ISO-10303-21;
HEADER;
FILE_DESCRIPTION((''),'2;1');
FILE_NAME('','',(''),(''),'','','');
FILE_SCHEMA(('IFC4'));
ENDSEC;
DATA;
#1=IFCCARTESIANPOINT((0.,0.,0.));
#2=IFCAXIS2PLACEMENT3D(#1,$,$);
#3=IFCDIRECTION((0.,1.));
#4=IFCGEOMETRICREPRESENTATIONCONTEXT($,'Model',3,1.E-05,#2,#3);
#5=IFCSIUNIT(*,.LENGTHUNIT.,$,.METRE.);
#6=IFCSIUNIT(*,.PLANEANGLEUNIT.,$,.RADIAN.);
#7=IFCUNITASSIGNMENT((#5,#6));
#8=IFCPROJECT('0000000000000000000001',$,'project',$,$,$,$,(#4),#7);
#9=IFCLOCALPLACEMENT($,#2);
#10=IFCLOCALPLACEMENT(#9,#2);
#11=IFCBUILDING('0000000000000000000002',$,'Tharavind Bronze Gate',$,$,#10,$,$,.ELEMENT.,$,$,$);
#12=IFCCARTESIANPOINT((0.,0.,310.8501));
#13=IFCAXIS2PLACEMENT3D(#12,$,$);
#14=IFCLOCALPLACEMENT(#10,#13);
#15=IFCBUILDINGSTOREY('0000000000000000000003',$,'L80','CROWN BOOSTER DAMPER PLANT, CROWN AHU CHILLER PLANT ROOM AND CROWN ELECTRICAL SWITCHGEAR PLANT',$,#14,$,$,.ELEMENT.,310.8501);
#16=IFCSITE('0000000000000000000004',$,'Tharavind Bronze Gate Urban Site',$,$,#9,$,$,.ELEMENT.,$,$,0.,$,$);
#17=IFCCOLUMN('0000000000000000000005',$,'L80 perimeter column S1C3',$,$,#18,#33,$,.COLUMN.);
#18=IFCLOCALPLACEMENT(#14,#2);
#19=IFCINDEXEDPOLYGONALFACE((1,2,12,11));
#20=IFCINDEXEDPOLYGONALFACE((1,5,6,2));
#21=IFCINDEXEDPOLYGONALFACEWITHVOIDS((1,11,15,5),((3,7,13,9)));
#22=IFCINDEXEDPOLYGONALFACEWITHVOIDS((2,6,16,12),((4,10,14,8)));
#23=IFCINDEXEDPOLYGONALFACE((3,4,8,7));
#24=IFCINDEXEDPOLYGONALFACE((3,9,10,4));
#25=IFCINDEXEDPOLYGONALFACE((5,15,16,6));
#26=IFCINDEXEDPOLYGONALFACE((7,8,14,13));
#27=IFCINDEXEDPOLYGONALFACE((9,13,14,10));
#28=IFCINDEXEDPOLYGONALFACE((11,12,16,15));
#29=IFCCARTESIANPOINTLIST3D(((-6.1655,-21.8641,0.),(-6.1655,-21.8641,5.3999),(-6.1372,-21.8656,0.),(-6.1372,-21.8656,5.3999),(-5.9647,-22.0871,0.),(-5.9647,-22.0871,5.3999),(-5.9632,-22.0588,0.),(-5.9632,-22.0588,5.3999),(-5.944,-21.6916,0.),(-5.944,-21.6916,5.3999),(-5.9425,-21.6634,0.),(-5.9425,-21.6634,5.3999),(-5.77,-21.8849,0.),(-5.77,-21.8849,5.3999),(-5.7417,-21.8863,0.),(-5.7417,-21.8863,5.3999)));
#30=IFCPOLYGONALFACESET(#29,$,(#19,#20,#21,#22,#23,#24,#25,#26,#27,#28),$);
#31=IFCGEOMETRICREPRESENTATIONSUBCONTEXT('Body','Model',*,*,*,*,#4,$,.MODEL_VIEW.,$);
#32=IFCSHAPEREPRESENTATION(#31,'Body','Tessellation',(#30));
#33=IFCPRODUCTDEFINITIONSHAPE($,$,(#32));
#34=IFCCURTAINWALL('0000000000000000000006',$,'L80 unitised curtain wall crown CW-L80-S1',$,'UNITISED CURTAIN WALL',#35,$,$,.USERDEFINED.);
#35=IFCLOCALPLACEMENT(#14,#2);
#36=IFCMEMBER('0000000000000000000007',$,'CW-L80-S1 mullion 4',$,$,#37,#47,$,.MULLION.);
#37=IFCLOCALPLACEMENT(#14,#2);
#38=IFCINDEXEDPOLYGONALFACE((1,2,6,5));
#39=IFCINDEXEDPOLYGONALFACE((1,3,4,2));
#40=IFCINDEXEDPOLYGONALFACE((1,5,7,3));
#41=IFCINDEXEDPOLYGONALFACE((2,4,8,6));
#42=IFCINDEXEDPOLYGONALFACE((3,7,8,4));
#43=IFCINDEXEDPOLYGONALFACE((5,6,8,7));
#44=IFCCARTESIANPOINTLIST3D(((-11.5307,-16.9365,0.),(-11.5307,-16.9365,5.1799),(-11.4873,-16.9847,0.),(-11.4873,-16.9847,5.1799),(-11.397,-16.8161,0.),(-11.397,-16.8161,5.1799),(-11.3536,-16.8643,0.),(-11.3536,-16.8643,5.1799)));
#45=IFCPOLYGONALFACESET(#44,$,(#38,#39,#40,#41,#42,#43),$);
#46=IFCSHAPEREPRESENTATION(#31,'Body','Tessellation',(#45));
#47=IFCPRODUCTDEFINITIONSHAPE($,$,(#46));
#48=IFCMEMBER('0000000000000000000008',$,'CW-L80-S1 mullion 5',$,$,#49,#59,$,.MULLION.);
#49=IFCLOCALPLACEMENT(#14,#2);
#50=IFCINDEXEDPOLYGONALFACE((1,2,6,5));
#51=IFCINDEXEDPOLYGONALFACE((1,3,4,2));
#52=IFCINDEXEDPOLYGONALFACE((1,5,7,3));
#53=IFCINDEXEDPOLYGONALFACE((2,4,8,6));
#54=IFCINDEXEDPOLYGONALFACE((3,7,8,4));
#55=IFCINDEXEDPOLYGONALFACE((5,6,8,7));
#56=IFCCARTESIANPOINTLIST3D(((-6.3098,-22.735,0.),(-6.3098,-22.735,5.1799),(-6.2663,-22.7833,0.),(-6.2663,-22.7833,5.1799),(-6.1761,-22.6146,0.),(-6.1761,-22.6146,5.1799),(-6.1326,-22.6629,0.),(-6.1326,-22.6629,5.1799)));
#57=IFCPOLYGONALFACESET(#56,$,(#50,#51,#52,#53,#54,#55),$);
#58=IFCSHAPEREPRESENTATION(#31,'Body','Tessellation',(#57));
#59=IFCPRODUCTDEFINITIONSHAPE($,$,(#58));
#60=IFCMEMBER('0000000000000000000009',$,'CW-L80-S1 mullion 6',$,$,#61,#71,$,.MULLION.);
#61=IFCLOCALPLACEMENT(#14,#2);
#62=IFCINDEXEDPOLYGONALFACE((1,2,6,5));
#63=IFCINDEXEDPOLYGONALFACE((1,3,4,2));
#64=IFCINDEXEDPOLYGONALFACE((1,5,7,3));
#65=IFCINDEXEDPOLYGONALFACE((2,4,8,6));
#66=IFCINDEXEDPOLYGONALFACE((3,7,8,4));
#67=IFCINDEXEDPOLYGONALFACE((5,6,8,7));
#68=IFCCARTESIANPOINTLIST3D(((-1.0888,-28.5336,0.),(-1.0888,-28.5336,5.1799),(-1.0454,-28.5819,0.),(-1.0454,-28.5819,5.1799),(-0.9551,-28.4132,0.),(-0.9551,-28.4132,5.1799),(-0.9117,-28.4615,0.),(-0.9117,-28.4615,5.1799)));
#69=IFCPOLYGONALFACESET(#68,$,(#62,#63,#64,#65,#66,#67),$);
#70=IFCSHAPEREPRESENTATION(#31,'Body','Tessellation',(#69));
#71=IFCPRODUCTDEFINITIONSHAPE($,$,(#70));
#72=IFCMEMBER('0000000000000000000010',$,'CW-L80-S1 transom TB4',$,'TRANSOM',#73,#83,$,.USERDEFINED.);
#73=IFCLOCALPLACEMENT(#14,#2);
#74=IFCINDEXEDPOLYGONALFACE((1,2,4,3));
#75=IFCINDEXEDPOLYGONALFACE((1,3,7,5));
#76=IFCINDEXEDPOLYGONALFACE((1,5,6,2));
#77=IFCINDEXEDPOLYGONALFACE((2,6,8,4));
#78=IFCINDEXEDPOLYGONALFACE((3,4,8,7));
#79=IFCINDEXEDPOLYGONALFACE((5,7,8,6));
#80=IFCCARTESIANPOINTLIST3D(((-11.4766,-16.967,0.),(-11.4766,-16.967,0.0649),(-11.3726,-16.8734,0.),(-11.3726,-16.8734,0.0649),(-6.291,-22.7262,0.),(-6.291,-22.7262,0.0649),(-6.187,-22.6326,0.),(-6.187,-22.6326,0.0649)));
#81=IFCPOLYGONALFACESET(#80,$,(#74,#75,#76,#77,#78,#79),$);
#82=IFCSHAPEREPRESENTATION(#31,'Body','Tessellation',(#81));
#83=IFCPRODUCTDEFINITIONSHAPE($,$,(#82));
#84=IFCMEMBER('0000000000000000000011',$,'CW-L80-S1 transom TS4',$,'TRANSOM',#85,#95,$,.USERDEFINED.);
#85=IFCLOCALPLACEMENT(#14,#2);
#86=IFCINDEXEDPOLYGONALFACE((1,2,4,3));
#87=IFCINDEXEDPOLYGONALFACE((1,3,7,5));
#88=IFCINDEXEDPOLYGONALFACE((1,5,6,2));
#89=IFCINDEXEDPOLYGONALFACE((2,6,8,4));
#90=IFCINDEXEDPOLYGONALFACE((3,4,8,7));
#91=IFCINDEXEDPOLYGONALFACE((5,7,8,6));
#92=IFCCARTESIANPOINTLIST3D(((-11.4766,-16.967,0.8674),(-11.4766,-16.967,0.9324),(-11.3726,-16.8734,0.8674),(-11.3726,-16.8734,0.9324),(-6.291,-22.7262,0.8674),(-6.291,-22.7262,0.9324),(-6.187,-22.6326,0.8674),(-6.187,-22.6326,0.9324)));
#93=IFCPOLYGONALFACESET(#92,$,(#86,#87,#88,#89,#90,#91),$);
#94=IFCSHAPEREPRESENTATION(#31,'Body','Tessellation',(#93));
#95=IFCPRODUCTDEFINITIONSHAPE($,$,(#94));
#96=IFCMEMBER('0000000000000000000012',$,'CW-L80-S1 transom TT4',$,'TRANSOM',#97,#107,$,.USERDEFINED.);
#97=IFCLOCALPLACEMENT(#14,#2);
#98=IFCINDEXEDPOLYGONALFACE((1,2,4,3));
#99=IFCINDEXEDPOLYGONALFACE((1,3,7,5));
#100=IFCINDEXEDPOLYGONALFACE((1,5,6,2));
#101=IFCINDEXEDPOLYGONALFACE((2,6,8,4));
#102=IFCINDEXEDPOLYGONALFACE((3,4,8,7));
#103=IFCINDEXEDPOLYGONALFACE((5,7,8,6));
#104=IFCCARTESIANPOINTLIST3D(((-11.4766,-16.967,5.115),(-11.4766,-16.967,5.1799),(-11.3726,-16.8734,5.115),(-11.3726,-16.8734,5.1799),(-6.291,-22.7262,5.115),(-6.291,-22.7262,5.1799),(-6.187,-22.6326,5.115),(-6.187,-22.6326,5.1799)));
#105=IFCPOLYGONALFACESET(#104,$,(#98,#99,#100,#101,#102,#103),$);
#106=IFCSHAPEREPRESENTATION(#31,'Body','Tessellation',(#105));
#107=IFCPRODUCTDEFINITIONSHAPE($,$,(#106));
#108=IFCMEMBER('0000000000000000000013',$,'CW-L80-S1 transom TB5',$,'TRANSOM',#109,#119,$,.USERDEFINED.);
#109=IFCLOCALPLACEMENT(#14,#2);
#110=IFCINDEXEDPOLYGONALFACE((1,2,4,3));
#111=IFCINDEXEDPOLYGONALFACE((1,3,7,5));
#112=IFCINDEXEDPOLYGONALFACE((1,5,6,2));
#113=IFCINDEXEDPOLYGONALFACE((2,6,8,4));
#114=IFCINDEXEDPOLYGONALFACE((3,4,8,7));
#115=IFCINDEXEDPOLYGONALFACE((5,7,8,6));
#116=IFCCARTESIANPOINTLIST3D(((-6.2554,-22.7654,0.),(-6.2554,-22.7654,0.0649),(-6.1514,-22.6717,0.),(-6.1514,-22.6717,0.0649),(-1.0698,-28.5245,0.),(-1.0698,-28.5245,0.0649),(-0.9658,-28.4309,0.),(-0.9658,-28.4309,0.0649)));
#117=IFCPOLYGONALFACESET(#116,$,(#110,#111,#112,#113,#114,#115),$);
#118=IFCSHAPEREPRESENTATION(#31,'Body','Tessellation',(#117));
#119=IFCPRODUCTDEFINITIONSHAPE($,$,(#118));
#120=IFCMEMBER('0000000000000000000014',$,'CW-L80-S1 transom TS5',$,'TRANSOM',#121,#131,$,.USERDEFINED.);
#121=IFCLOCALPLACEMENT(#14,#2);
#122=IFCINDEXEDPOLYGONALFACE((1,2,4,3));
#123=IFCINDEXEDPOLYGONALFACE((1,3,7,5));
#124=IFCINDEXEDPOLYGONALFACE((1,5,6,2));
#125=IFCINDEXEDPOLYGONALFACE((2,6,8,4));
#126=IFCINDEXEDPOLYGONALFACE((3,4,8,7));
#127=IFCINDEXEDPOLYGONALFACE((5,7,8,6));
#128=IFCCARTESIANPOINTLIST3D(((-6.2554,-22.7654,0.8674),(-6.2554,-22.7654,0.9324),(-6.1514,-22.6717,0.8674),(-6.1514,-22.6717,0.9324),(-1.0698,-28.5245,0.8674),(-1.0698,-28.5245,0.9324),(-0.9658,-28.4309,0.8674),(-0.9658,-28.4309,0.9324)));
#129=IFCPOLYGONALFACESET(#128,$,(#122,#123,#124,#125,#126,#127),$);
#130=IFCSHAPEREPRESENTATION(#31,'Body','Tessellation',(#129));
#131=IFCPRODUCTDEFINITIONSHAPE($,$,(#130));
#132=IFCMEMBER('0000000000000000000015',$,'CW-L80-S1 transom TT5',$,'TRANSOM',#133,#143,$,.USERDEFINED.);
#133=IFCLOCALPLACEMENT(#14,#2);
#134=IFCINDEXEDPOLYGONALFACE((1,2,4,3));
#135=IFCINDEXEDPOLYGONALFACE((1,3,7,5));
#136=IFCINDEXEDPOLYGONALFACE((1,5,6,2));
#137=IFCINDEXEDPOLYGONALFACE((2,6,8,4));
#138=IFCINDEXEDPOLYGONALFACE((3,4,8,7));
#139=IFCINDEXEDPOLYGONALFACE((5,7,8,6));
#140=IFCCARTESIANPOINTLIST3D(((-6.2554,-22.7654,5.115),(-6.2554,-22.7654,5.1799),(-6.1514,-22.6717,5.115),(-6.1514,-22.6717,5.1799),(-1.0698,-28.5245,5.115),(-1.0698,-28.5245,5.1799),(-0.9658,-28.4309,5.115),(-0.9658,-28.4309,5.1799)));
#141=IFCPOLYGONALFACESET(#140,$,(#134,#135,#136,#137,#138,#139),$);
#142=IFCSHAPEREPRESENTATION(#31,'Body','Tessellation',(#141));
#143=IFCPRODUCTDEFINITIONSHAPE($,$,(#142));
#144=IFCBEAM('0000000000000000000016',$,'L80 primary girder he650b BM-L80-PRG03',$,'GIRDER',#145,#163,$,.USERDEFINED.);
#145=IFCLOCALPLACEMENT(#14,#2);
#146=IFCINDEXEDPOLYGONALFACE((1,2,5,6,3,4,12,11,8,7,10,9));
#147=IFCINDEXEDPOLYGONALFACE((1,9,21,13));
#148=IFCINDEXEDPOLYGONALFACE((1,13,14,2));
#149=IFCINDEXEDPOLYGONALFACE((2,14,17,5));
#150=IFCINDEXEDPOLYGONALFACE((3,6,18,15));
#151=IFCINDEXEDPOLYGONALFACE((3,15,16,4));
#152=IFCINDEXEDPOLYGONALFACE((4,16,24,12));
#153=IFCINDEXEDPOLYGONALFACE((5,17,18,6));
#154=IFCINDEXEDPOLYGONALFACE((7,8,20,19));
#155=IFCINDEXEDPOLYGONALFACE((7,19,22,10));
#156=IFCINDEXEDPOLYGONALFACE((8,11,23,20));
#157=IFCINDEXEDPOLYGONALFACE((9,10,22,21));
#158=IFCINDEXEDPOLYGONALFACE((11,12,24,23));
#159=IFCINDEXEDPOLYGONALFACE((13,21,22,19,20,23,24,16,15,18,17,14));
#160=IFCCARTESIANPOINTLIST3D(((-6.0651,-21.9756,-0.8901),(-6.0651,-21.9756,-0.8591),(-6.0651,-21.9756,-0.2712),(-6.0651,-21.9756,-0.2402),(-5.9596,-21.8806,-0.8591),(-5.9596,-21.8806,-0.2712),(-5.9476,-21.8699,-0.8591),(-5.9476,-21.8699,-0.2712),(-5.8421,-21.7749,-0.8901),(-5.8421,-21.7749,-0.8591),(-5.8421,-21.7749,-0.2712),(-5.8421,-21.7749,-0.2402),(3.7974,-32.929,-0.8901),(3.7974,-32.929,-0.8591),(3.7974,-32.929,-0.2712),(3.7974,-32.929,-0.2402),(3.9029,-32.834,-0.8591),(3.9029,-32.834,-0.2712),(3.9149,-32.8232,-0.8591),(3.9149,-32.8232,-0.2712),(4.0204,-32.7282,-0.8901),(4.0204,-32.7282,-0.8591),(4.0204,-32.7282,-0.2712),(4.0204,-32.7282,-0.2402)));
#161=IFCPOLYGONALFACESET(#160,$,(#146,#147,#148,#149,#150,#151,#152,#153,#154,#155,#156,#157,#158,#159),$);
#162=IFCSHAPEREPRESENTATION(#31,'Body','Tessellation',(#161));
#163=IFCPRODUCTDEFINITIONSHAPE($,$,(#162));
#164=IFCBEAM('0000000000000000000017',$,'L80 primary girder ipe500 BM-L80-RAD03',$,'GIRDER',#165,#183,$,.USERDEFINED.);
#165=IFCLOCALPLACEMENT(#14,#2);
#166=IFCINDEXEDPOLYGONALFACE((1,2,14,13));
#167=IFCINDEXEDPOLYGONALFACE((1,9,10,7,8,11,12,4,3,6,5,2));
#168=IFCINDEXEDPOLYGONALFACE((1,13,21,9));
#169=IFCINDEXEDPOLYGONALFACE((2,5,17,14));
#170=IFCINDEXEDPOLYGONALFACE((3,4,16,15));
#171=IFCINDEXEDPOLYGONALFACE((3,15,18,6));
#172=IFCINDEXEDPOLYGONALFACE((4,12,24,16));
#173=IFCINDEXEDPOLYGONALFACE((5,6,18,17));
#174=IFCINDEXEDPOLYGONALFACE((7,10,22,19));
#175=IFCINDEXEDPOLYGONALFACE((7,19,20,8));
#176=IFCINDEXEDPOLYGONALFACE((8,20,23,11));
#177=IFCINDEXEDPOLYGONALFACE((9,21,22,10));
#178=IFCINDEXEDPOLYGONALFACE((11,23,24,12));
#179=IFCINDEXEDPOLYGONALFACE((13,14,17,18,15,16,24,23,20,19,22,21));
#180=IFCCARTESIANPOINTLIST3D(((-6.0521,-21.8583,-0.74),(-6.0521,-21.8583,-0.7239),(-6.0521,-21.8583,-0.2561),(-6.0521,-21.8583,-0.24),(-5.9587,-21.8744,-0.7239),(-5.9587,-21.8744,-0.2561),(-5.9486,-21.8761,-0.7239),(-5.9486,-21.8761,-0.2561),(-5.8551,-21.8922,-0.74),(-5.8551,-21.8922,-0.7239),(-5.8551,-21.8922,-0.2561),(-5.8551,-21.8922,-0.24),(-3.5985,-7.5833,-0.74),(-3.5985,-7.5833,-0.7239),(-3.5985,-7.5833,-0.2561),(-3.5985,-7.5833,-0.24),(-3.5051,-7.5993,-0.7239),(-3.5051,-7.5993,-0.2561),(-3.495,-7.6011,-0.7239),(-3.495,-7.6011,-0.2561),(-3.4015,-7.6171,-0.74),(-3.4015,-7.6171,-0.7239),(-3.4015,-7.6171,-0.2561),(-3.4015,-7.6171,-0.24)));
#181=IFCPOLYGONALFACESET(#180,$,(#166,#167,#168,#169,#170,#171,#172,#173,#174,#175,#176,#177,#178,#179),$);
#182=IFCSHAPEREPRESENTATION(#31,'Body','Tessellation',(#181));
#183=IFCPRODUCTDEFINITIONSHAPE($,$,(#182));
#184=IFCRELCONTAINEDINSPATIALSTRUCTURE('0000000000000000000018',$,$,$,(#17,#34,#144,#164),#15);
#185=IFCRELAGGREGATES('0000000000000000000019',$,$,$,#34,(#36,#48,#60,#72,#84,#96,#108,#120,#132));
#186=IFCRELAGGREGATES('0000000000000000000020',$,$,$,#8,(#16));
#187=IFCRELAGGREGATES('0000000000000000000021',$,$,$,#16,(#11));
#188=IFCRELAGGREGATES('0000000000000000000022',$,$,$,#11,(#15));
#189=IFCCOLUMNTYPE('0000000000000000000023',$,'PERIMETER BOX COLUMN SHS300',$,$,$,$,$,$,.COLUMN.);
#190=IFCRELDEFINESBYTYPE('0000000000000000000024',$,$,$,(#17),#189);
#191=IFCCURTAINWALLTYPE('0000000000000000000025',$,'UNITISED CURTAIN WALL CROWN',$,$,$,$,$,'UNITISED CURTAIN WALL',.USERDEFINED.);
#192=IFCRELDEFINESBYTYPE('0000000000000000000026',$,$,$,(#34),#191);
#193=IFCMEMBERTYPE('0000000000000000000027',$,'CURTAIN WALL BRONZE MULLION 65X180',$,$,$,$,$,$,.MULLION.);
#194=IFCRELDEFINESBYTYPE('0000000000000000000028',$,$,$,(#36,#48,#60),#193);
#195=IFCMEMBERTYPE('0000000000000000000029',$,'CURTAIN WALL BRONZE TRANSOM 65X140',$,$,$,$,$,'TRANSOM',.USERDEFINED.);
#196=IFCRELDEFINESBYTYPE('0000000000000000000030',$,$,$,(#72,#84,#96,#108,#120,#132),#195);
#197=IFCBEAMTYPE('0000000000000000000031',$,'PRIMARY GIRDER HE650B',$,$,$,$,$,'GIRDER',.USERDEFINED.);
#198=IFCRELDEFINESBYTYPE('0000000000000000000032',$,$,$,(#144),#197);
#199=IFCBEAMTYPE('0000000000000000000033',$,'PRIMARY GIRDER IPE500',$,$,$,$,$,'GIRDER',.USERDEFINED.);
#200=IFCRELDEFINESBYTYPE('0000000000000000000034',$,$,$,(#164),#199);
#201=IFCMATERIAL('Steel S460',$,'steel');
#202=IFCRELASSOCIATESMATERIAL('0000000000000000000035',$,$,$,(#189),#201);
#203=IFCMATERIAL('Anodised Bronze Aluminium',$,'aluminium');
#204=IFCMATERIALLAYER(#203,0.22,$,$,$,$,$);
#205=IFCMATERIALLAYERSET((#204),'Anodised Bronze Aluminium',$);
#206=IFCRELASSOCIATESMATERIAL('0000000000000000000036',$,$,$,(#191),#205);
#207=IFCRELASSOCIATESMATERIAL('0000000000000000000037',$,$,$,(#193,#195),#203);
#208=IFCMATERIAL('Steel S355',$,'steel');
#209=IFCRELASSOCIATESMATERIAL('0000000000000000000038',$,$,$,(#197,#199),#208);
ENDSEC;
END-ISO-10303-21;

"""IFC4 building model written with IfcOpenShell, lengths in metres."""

from ifc_helpers import new_model, si_unit, direction, frame, origin, origin_2d, place, context, subcontext, project, spatial, rectangle, hollow_rectangle, i_section, extrude, material, layer, layer_set, material_profile, profile_set, type_object, element, aggregate, save


model = new_model("IFC4")

# Units and contexts
model_context = context("Model", 3, precision=1e-05, world=origin(), true_north=direction((0.0, 1.0)))
body_context = subcontext(model_context, "Body", "Model", "MODEL_VIEW")
ifc_project = project(units=[si_unit("LENGTHUNIT", "METRE"), si_unit("PLANEANGLEUNIT", "RADIAN")], contexts=[model_context])

# Site, building, storey
site_placement = place(None, origin())
site = spatial("IfcSite", under=ifc_project, at=site_placement, Name="Tharavind Bronze Gate Urban Site", CompositionType="ELEMENT", RefElevation=0.0)
building_placement = place(site_placement, origin())
building = spatial("IfcBuilding", under=site, at=building_placement, Name="Tharavind Bronze Gate", CompositionType="ELEMENT")
storey_placement = place(building_placement, frame((0.0, 0.0, 310.8501)))
storey = spatial("IfcBuildingStorey", under=building, at=storey_placement, Name="L80", Description="CROWN BOOSTER DAMPER PLANT, CROWN AHU CHILLER PLANT ROOM AND CROWN ELECTRICAL SWITCHGEAR PLANT", CompositionType="ELEMENT", Elevation=310.8501)

# Column
ifc_material_1 = material(Name="Steel S460", Category="steel")
ifc_material_profile_1 = material_profile(ifc_material_1, hollow_rectangle(XDim=0.3, YDim=0.3, WallThickness=0.02, at=origin_2d()), Name="SHS300X20")
ifc_profile_set_1 = profile_set([ifc_material_profile_1], Name="Steel S460")
column_type = type_object("IfcColumnType", Name="PERIMETER BOX COLUMN SHS300", PredefinedType="COLUMN", material=ifc_profile_set_1)
column_placement = place(storey_placement, frame((-5.9536, -21.8752, 0.0), z_axis=(0.0, 0.0, 1.0), x_axis=(-0.669131, 0.743145, 0.0)))
element("IfcColumn", 1, at=column_placement, inside=storey, type_object=column_type, Name="L80 perimeter column S1C3", PredefinedType="COLUMN", context=body_context, shape_type="SweptSolid", body=[
    extrude(hollow_rectangle(XDim=0.3, YDim=0.3, WallThickness=0.02, at=origin_2d()), origin(), (0.0, 0.0, 1.0), 5.3999),
])

# Curtain wall, members
ifc_material_2 = material(Name="Anodised Bronze Aluminium", Category="aluminium")
ifc_layer_1 = layer(ifc_material_2, 0.22)
ifc_layer_set_1 = layer_set([ifc_layer_1], Name="Anodised Bronze Aluminium")
curtain_wall_type = type_object("IfcCurtainWallType", Name="UNITISED CURTAIN WALL CROWN", ElementType="UNITISED CURTAIN WALL", PredefinedType="USERDEFINED", material=ifc_layer_set_1)
curtain_wall_placement = place(storey_placement, origin())
curtain_wall = element("IfcCurtainWall", 2, at=curtain_wall_placement, inside=storey, type_object=curtain_wall_type, Name="L80 unitised curtain wall crown CW-L80-S1", ObjectType="UNITISED CURTAIN WALL", PredefinedType="USERDEFINED")
member_type_1 = type_object("IfcMemberType", Name="CURTAIN WALL BRONZE MULLION 65X180", PredefinedType="MULLION", material=ifc_material_2)
member_1_placement = place(storey_placement, frame((-11.4421, -16.9004, 0.0), z_axis=(0.0, 0.0, 1.0), x_axis=(0.669131, -0.743145, 0.0)))
member_1 = element("IfcMember", 3, at=member_1_placement, type_object=member_type_1, Name="CW-L80-S1 mullion 4", PredefinedType="MULLION", context=body_context, shape_type="SweptSolid", body=[
    extrude(rectangle(XDim=0.0649, YDim=0.1799, at=origin_2d()), origin(), (0.0, 0.0, 1.0), 5.1799),
])
member_2_placement = place(storey_placement, frame((-6.2212, -22.699, 0.0), z_axis=(0.0, 0.0, 1.0), x_axis=(0.669131, -0.743145, 0.0)))
member_2 = element("IfcMember", 4, at=member_2_placement, type_object=member_type_1, Name="CW-L80-S1 mullion 5", PredefinedType="MULLION", context=body_context, shape_type="SweptSolid", body=[
    extrude(rectangle(XDim=0.0649, YDim=0.1799, at=origin_2d()), origin(), (0.0, 0.0, 1.0), 5.1799),
])
member_3_placement = place(storey_placement, frame((-1.0002, -28.4976, 0.0), z_axis=(0.0, 0.0, 1.0), x_axis=(0.669131, -0.743145, 0.0)))
member_3 = element("IfcMember", 5, at=member_3_placement, type_object=member_type_1, Name="CW-L80-S1 mullion 6", PredefinedType="MULLION", context=body_context, shape_type="SweptSolid", body=[
    extrude(rectangle(XDim=0.0649, YDim=0.1799, at=origin_2d()), origin(), (0.0, 0.0, 1.0), 5.1799),
])
member_type_2 = type_object("IfcMemberType", Name="CURTAIN WALL BRONZE TRANSOM 65X140", ElementType="TRANSOM", PredefinedType="USERDEFINED", material=ifc_material_2)
member_4_placement = place(storey_placement, frame((-8.8318, -19.7998, 0.0), z_axis=(0.0, 0.0, 1.0), x_axis=(0.669131, -0.743145, 0.0)))
member_4 = element("IfcMember", 6, at=member_4_placement, type_object=member_type_2, Name="CW-L80-S1 transom TB4", ObjectType="TRANSOM", PredefinedType="USERDEFINED", context=body_context, shape_type="SweptSolid", body=[
    extrude(rectangle(XDim=7.7498, YDim=0.1399, at=origin_2d()), origin(), (0.0, 0.0, 1.0), 0.0649),
])
member_5_placement = place(storey_placement, frame((-8.8318, -19.7998, 0.8674), z_axis=(0.0, 0.0, 1.0), x_axis=(0.669131, -0.743145, 0.0)))
member_5 = element("IfcMember", 7, at=member_5_placement, type_object=member_type_2, Name="CW-L80-S1 transom TS4", ObjectType="TRANSOM", PredefinedType="USERDEFINED", context=body_context, shape_type="SweptSolid", body=[
    extrude(rectangle(XDim=7.7498, YDim=0.1399, at=origin_2d()), origin(), (0.0, 0.0, 1.0), 0.0649),
])
member_6_placement = place(storey_placement, frame((-8.8318, -19.7998, 5.115), z_axis=(0.0, 0.0, 1.0), x_axis=(0.669131, -0.743145, 0.0)))
member_6 = element("IfcMember", 8, at=member_6_placement, type_object=member_type_2, Name="CW-L80-S1 transom TT4", ObjectType="TRANSOM", PredefinedType="USERDEFINED", context=body_context, shape_type="SweptSolid", body=[
    extrude(rectangle(XDim=7.7498, YDim=0.1399, at=origin_2d()), origin(), (0.0, 0.0, 1.0), 0.0649),
])
member_7_placement = place(storey_placement, frame((-3.6106, -25.5981, 0.0), z_axis=(0.0, 0.0, 1.0), x_axis=(0.669131, -0.743145, 0.0)))
member_7 = element("IfcMember", 9, at=member_7_placement, type_object=member_type_2, Name="CW-L80-S1 transom TB5", ObjectType="TRANSOM", PredefinedType="USERDEFINED", context=body_context, shape_type="SweptSolid", body=[
    extrude(rectangle(XDim=7.7498, YDim=0.1399, at=origin_2d()), origin(), (0.0, 0.0, 1.0), 0.0649),
])
member_8_placement = place(storey_placement, frame((-3.6106, -25.5981, 0.8674), z_axis=(0.0, 0.0, 1.0), x_axis=(0.669131, -0.743145, 0.0)))
member_8 = element("IfcMember", 10, at=member_8_placement, type_object=member_type_2, Name="CW-L80-S1 transom TS5", ObjectType="TRANSOM", PredefinedType="USERDEFINED", context=body_context, shape_type="SweptSolid", body=[
    extrude(rectangle(XDim=7.7498, YDim=0.1399, at=origin_2d()), origin(), (0.0, 0.0, 1.0), 0.0649),
])
member_9_placement = place(storey_placement, frame((-3.6106, -25.5981, 5.115), z_axis=(0.0, 0.0, 1.0), x_axis=(0.669131, -0.743145, 0.0)))
member_9 = element("IfcMember", 11, at=member_9_placement, type_object=member_type_2, Name="CW-L80-S1 transom TT5", ObjectType="TRANSOM", PredefinedType="USERDEFINED", context=body_context, shape_type="SweptSolid", body=[
    extrude(rectangle(XDim=7.7498, YDim=0.1399, at=origin_2d()), origin(), (0.0, 0.0, 1.0), 0.0649),
])

# Beams
ifc_material_3 = material(Name="Steel S355", Category="steel")
ifc_material_profile_2 = material_profile(ifc_material_3, i_section(OverallWidth=0.3, OverallDepth=0.6499, WebThickness=0.0161, FlangeThickness=0.031, at=origin_2d()), Name="HE650B")
ifc_profile_set_2 = profile_set([ifc_material_profile_2], Name="Steel S355")
beam_type_1 = type_object("IfcBeamType", Name="PRIMARY GIRDER HE650B", ElementType="GIRDER", PredefinedType="USERDEFINED", material=ifc_profile_set_2)
beam_1_placement = place(storey_placement, frame((-5.9536, -21.8752, -0.5652), z_axis=(0.669134, -0.743142, 0.0), x_axis=(0.743142, 0.669134, 0.0)))
element("IfcBeam", 12, at=beam_1_placement, inside=storey, type_object=beam_type_1, Name="L80 primary girder he650b BM-L80-PRG03", ObjectType="GIRDER", PredefinedType="USERDEFINED", context=body_context, shape_type="SweptSolid", body=[
    extrude(i_section(OverallWidth=0.3, OverallDepth=0.6499, WebThickness=0.0161, FlangeThickness=0.031, at=origin_2d()), origin(), (0.0, 0.0, 1.0), 14.7393),
])
ifc_material_profile_3 = material_profile(ifc_material_3, i_section(OverallWidth=0.2, OverallDepth=0.5, WebThickness=0.0103, FlangeThickness=0.0161, at=origin_2d()), Name="IPE500")
ifc_profile_set_3 = profile_set([ifc_material_profile_3], Name="Steel S355")
beam_type_2 = type_object("IfcBeamType", Name="PRIMARY GIRDER IPE500", ElementType="GIRDER", PredefinedType="USERDEFINED", material=ifc_profile_set_3)
beam_2_placement = place(storey_placement, frame((-5.9536, -21.8752, -0.49), z_axis=(0.169396, 0.985548, 0.0), x_axis=(-0.985548, 0.169396, 0.0)))
element("IfcBeam", 13, at=beam_2_placement, inside=storey, type_object=beam_type_2, Name="L80 primary girder ipe500 BM-L80-RAD03", ObjectType="GIRDER", PredefinedType="USERDEFINED", context=body_context, shape_type="SweptSolid", body=[
    extrude(i_section(OverallWidth=0.2, OverallDepth=0.5, WebThickness=0.0103, FlangeThickness=0.0161, at=origin_2d()), origin(), (0.0, 0.0, 1.0), 14.4844),
])

aggregate(curtain_wall, [member_1, member_2, member_3, member_4, member_5, member_6, member_7, member_8, member_9])

save(model, "model.ifc")
